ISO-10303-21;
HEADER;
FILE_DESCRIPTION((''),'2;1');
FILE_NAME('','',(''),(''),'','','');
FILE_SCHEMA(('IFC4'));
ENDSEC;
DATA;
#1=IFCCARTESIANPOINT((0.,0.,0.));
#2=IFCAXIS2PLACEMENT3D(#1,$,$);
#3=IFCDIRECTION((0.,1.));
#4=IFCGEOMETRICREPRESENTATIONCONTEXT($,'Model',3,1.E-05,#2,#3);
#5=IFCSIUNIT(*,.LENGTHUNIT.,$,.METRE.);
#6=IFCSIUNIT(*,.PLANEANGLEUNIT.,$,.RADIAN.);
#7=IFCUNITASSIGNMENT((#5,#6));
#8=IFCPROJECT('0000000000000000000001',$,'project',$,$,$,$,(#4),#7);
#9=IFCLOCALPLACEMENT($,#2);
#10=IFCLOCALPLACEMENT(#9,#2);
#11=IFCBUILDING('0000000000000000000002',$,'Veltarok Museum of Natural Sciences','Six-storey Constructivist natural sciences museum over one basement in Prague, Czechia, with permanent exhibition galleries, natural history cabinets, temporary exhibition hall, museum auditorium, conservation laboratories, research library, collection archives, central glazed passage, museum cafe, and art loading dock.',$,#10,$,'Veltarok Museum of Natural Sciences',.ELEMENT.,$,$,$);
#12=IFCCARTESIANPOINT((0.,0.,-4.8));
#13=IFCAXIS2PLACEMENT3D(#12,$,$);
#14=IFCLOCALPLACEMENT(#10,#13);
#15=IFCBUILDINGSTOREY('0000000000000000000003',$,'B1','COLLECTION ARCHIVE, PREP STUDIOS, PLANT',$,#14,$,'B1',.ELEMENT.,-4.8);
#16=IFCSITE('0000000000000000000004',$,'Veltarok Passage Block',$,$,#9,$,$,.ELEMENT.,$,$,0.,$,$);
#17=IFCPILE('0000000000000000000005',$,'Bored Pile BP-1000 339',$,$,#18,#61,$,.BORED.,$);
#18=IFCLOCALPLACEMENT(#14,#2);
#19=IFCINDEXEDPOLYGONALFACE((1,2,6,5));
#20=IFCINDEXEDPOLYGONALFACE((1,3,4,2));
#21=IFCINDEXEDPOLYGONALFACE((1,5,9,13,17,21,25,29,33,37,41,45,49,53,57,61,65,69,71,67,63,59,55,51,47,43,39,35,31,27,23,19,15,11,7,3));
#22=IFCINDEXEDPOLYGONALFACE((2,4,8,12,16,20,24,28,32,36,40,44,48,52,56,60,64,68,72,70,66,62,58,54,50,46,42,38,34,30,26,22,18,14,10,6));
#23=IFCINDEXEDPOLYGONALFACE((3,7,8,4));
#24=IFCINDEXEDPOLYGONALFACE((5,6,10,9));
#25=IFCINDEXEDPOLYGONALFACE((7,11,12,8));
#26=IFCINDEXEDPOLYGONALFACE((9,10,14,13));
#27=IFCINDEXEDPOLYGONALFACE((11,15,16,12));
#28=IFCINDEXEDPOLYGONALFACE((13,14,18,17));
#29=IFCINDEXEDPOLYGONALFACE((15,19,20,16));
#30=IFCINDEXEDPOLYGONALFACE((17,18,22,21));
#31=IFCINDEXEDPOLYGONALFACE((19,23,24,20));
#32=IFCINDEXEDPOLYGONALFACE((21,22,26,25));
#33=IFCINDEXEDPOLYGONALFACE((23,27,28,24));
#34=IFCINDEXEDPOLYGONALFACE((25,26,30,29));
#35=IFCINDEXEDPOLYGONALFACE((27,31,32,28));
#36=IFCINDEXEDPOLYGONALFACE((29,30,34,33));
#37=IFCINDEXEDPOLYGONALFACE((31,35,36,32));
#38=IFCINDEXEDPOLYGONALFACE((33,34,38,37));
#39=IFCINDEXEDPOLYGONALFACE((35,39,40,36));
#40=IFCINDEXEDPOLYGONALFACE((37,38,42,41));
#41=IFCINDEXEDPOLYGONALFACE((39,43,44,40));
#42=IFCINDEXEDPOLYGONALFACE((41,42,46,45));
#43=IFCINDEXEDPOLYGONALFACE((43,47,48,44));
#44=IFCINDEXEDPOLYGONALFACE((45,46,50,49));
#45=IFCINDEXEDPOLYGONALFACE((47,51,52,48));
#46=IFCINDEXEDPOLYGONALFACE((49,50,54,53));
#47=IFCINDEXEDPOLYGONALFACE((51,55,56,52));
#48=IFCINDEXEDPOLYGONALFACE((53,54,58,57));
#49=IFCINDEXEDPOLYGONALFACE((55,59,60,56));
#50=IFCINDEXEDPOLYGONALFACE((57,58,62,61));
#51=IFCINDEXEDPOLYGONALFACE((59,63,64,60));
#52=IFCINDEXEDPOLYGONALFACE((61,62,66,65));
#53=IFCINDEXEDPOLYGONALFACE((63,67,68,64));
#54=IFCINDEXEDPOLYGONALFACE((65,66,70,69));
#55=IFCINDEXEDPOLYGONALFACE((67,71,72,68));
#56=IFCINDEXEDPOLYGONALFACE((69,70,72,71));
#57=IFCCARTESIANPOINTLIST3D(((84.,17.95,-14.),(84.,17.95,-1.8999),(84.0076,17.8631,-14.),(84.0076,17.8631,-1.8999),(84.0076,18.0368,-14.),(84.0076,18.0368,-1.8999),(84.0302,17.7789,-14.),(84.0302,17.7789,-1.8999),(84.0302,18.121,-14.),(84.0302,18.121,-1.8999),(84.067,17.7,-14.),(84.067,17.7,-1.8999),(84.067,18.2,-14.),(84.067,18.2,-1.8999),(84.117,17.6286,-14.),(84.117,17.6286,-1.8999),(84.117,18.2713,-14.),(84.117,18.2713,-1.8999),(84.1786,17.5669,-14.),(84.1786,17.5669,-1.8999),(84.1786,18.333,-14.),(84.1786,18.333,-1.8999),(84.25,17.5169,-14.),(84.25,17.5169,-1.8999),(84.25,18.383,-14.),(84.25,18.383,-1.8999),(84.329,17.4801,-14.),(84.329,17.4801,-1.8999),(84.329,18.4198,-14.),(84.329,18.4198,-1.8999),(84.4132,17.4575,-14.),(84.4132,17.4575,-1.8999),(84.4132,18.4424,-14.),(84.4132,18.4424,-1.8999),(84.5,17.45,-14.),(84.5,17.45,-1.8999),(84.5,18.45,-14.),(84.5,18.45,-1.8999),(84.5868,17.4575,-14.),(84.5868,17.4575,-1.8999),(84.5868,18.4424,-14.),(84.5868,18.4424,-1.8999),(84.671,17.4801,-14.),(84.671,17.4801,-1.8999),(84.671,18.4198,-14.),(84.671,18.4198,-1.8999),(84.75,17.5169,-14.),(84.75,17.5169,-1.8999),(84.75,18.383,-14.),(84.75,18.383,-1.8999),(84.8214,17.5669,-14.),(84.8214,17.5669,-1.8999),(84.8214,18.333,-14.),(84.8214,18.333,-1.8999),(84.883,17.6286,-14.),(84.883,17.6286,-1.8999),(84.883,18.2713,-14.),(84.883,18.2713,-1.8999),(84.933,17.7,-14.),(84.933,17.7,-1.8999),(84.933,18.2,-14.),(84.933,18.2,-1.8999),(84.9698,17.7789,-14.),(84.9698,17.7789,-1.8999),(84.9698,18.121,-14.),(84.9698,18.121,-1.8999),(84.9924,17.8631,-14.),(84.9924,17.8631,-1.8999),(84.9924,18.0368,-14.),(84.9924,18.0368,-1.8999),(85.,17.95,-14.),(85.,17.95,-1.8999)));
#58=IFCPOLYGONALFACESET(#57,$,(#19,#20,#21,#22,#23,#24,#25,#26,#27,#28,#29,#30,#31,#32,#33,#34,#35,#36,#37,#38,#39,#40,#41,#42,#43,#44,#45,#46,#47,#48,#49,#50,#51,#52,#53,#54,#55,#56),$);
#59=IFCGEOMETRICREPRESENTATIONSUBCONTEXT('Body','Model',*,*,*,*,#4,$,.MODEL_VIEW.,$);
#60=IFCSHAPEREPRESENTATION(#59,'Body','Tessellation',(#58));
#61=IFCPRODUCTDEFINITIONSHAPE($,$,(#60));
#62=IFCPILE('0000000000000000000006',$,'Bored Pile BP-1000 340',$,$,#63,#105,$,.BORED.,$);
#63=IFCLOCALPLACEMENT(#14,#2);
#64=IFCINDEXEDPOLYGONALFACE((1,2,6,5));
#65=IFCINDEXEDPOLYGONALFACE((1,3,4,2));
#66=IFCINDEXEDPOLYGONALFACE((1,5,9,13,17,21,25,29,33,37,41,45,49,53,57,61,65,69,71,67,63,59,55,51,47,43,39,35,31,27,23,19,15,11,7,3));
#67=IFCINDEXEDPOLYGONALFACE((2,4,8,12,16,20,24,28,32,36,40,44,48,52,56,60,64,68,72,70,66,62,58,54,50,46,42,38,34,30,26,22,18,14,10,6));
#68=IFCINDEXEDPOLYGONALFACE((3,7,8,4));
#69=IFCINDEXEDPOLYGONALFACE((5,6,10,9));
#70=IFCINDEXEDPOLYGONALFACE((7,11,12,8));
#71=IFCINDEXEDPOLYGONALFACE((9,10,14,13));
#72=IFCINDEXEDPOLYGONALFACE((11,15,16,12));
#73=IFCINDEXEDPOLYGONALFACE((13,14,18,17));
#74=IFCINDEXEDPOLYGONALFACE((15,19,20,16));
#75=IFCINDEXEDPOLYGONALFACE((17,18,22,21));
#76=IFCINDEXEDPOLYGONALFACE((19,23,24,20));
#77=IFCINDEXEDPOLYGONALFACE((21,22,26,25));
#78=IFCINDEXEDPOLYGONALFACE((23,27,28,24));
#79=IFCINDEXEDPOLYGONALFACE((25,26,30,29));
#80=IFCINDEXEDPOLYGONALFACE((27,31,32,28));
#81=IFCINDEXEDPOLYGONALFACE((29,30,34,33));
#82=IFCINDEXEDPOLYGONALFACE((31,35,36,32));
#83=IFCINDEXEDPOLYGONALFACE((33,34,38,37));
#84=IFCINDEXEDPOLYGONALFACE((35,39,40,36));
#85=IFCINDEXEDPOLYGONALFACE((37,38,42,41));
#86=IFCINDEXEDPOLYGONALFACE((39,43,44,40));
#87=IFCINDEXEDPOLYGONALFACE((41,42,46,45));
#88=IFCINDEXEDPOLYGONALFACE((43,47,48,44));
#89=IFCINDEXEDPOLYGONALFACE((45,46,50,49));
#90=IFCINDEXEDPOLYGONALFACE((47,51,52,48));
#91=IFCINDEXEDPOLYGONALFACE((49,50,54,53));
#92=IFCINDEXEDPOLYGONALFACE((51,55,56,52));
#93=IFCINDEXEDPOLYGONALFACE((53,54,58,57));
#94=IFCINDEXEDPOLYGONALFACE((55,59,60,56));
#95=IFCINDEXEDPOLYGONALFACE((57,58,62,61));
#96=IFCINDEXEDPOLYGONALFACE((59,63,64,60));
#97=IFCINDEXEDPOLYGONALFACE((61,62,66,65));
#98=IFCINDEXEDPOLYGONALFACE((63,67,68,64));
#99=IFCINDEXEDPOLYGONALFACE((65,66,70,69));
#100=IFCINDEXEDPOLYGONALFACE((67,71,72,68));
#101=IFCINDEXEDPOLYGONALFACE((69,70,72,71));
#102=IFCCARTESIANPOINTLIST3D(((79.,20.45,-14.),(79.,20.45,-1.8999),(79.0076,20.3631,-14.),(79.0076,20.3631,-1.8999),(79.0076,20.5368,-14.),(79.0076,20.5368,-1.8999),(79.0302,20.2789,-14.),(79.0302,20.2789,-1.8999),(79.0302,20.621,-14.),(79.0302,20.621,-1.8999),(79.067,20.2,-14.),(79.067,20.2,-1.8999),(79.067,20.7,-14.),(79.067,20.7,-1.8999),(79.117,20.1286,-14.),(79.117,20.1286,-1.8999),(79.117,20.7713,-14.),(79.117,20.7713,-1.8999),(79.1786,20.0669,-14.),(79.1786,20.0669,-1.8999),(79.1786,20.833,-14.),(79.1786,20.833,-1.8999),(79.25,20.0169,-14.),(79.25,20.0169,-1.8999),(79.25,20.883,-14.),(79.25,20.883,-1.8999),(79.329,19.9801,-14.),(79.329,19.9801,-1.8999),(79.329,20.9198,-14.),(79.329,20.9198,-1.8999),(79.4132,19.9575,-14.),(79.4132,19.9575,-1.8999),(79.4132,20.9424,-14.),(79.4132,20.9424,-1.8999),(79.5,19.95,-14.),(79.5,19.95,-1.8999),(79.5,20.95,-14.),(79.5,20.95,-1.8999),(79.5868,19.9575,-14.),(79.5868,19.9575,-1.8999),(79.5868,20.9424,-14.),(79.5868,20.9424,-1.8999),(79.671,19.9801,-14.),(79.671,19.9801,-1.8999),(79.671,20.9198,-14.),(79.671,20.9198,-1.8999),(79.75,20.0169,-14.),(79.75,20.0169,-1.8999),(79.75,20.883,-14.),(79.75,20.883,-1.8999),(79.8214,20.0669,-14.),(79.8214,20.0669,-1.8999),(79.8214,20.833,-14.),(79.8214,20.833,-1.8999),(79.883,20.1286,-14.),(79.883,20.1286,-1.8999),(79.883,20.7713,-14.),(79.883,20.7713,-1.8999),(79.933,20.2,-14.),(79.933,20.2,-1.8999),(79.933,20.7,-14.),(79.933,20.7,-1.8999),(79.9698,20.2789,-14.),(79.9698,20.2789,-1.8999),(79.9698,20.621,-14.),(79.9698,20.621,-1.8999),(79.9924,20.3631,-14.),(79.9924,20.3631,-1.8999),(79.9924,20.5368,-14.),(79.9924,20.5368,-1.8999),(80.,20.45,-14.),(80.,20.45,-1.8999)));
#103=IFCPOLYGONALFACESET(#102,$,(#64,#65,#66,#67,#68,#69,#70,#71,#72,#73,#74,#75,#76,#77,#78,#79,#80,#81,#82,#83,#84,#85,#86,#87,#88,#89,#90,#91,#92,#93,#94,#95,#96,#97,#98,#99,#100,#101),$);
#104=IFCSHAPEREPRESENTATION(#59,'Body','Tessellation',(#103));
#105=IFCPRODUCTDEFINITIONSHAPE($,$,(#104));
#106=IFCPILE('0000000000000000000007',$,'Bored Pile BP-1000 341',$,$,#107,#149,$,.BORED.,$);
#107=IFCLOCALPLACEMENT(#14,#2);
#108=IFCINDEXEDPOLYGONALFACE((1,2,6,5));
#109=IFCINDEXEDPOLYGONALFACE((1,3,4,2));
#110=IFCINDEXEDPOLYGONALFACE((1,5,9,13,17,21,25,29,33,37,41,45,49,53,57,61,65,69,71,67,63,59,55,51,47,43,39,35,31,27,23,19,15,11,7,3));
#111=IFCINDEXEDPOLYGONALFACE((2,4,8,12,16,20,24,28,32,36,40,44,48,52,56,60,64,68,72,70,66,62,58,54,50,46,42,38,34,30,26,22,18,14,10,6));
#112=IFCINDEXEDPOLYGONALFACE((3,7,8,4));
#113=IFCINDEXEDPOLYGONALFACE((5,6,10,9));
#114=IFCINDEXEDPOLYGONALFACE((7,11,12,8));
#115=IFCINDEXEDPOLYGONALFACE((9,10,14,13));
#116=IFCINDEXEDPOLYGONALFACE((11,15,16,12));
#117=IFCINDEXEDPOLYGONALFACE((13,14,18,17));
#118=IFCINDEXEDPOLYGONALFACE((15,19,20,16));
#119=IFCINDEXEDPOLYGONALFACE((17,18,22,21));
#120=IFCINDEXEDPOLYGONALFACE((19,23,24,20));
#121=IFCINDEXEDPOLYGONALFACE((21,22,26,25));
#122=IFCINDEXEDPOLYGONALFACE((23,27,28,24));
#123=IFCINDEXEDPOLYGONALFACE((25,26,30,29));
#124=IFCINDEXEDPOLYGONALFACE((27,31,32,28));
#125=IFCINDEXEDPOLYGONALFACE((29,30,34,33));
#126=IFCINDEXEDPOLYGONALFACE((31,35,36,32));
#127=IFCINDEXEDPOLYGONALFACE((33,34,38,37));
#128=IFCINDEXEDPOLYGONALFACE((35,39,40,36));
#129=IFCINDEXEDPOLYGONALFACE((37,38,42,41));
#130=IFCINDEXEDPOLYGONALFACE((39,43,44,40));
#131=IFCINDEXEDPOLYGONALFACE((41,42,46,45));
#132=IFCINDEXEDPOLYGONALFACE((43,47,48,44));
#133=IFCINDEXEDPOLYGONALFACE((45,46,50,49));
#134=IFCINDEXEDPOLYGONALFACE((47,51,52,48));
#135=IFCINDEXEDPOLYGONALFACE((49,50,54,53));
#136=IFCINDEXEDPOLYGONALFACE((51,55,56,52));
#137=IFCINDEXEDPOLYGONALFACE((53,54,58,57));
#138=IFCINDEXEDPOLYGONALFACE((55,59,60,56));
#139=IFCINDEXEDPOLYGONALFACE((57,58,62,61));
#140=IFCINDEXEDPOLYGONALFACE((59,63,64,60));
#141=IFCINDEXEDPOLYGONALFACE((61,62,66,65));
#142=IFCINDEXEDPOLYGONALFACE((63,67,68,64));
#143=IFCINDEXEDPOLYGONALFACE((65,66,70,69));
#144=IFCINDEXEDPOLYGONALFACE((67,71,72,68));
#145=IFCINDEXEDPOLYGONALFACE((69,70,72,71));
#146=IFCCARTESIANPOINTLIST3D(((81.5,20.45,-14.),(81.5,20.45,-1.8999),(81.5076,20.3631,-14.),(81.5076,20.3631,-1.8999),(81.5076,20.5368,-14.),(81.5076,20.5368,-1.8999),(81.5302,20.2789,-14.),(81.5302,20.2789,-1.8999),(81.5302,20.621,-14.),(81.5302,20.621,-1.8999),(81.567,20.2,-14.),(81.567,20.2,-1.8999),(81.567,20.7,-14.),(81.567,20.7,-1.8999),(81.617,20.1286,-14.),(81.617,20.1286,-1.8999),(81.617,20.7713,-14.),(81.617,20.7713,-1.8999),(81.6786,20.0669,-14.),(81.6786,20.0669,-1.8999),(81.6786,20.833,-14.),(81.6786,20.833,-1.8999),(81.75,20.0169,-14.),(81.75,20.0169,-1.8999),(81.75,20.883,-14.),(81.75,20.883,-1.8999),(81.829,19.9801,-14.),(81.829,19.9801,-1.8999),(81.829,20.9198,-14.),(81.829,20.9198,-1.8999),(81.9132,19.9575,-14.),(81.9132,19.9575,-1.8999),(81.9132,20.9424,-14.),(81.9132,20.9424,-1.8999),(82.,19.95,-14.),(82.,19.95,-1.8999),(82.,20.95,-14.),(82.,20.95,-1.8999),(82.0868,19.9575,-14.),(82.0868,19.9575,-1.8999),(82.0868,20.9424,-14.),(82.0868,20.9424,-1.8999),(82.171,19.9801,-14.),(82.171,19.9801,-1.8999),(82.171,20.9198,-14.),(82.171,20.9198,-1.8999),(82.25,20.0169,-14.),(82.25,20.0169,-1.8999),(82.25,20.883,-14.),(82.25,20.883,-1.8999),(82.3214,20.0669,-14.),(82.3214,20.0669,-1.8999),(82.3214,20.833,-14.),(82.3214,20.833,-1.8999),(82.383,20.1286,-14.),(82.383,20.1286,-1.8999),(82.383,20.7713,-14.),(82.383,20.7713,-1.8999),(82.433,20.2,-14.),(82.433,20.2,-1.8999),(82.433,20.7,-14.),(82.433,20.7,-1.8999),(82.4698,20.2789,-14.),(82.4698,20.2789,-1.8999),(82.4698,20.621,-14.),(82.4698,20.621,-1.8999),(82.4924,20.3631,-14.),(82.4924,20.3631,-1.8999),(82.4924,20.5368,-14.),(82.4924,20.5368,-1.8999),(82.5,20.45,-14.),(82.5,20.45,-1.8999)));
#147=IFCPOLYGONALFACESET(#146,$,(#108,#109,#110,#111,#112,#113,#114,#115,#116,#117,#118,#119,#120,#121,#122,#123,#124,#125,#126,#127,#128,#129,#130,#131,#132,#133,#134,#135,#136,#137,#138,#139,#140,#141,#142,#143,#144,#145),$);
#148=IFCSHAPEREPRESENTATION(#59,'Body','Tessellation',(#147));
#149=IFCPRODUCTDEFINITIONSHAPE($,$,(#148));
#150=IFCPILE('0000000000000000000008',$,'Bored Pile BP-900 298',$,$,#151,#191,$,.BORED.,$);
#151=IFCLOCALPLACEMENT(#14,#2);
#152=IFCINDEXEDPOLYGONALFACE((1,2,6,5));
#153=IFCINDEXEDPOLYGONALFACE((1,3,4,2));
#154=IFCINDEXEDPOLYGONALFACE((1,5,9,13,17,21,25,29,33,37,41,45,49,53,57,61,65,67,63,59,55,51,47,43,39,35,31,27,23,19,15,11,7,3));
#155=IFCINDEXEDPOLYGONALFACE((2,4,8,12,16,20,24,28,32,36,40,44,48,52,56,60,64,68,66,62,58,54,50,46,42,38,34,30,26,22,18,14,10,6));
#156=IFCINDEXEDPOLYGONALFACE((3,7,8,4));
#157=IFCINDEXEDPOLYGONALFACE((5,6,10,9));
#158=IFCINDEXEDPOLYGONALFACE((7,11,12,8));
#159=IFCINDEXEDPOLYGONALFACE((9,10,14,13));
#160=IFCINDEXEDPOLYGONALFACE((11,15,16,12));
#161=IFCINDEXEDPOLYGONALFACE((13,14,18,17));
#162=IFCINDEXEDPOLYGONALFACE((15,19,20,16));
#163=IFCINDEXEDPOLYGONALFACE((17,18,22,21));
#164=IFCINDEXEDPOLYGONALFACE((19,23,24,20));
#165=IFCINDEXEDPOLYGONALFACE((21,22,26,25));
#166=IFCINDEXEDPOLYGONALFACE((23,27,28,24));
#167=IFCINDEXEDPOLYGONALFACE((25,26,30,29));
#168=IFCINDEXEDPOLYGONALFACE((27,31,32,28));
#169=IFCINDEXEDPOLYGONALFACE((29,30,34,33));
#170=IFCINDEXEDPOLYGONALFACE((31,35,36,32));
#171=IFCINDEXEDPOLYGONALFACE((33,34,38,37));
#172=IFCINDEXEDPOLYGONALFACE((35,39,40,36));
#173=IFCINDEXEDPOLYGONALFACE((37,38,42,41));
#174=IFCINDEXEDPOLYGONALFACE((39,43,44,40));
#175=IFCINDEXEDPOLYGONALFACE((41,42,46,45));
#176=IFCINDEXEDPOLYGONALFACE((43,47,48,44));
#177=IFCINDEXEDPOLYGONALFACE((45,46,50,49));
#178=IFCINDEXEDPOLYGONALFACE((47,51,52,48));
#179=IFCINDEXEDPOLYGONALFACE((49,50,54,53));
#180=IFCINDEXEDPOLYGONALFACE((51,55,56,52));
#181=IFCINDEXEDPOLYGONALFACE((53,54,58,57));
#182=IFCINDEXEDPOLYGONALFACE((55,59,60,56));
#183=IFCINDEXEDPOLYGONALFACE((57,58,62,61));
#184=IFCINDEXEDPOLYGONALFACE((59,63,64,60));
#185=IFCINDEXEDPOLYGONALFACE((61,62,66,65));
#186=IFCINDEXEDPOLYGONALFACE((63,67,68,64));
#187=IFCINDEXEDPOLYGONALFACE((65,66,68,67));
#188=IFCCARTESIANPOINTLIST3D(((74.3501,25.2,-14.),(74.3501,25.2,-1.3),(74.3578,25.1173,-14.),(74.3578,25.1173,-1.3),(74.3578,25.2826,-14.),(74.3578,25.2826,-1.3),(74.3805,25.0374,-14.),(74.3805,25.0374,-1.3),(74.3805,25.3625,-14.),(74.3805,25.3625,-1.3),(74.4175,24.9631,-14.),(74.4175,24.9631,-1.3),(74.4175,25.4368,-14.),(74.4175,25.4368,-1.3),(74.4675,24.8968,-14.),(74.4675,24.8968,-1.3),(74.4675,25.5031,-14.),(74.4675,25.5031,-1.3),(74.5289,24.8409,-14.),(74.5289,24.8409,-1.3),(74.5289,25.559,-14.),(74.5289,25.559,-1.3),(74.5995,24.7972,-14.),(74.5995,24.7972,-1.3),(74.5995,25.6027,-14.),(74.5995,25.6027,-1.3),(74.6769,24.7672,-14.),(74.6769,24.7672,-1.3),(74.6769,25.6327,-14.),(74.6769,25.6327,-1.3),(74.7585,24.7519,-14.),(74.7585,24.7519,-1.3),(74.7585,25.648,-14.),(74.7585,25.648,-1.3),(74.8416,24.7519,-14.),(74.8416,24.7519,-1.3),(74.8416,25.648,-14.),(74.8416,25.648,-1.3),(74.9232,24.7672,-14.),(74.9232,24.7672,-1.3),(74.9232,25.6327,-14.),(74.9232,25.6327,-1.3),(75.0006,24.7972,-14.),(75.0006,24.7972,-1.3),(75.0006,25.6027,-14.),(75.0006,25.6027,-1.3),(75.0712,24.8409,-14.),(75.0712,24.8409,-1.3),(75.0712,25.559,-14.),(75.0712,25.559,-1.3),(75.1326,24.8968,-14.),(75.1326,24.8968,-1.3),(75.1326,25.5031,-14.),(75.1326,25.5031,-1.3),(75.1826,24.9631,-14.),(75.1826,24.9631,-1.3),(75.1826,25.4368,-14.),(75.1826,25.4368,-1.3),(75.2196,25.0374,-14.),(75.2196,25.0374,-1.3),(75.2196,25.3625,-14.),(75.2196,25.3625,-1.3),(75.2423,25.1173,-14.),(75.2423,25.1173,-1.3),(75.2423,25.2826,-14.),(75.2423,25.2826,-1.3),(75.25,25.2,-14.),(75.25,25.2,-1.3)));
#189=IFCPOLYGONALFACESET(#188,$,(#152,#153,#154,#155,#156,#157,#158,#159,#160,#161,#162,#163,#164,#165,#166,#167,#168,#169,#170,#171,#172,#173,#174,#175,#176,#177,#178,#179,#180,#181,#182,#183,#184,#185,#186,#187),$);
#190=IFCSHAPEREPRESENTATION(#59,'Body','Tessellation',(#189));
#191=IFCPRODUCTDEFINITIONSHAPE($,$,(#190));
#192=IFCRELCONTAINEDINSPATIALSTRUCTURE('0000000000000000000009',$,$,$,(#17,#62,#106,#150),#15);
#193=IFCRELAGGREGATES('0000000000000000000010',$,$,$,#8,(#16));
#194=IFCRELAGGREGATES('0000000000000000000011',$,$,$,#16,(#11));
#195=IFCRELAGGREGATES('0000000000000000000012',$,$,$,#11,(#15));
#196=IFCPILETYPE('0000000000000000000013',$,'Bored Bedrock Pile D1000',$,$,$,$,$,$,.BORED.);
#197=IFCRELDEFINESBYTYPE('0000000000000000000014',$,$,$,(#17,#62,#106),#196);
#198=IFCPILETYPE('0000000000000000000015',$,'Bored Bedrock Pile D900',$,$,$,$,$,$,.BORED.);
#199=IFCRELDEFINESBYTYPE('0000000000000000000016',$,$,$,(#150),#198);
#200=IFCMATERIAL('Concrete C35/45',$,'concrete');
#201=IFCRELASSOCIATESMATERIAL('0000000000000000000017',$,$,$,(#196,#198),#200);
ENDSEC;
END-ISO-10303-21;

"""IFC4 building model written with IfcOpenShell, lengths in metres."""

from ifc_helpers import new_model, si_unit, direction, frame, origin, origin_2d, place, context, subcontext, project, spatial, circle, extrude, material, material_profile, profile_set, type_object, element, save


model = new_model("IFC4")

# Units and contexts
model_context = context("Model", 3, precision=1e-05, world=origin(), true_north=direction((0.0, 1.0)))
body_context = subcontext(model_context, "Body", "Model", "MODEL_VIEW")
ifc_project = project(units=[si_unit("LENGTHUNIT", "METRE"), si_unit("PLANEANGLEUNIT", "RADIAN")], contexts=[model_context])

# Site, building, storey
site_placement = place(None, origin())
site = spatial("IfcSite", under=ifc_project, at=site_placement, Name="Veltarok Passage Block", CompositionType="ELEMENT", RefElevation=0.0)
building_placement = place(site_placement, origin())
building = spatial("IfcBuilding", under=site, at=building_placement, Name="Veltarok Museum of Natural Sciences", Description="Six-storey Constructivist natural sciences museum over one basement in Prague, Czechia, with permanent exhibition galleries, natural history cabinets, temporary exhibition hall, museum auditorium, conservation laboratories, research library, collection archives, central glazed passage, museum cafe, and art loading dock.", LongName="Veltarok Museum of Natural Sciences", CompositionType="ELEMENT")
storey_placement = place(building_placement, frame((0.0, 0.0, -4.8)))
storey = spatial("IfcBuildingStorey", under=building, at=storey_placement, Name="B1", Description="COLLECTION ARCHIVE, PREP STUDIOS, PLANT", LongName="B1", CompositionType="ELEMENT", Elevation=-4.8)

# Piles
ifc_material_1 = material(Name="Concrete C35/45", Category="concrete")
ifc_material_profile_1 = material_profile(ifc_material_1, circle(Radius=0.5, at=origin_2d()), Name="BP D1000")
ifc_profile_set_1 = profile_set([ifc_material_profile_1], Name="Concrete C35/45")
pile_type_1 = type_object("IfcPileType", Name="Bored Bedrock Pile D1000", PredefinedType="BORED", material=ifc_profile_set_1)
for number, where, z_axis, x_axis, name in (
    (1, (84.5, 17.95, -1.8999), (0.0, 0.0, -1.0), (1.0, 0.0, 0.0), "Bored Pile BP-1000 339"),
    (2, (79.5, 20.45, -1.8999), (0.0, 0.0, -1.0), (1.0, 0.0, 0.0), "Bored Pile BP-1000 340"),
    (3, (82.0, 20.45, -1.8999), (0.0, 0.0, -1.0), (1.0, 0.0, 0.0), "Bored Pile BP-1000 341"),
):
    element("IfcPile", number, at=place(storey_placement, frame(where, z_axis=z_axis, x_axis=x_axis)), inside=storey, type_object=pile_type_1, Name=name, PredefinedType="BORED", context=body_context, shape_type="SweptSolid", body=[
        extrude(circle(Radius=0.5, at=origin_2d()), origin(), (0.0, 0.0, 1.0), 12.1001),
    ])
ifc_material_profile_2 = material_profile(ifc_material_1, circle(Radius=0.45, at=origin_2d()), Name="BP D900")
ifc_profile_set_2 = profile_set([ifc_material_profile_2], Name="Concrete C35/45")
pile_type_2 = type_object("IfcPileType", Name="Bored Bedrock Pile D900", PredefinedType="BORED", material=ifc_profile_set_2)
for number, where, z_axis, x_axis, name in (
    (4, (74.8, 25.2, -1.3), (0.0, 0.0, -1.0), (1.0, 0.0, 0.0), "Bored Pile BP-900 298"),
):
    element("IfcPile", number, at=place(storey_placement, frame(where, z_axis=z_axis, x_axis=x_axis)), inside=storey, type_object=pile_type_2, Name=name, PredefinedType="BORED", context=body_context, shape_type="SweptSolid", body=[
        extrude(circle(Radius=0.45, at=origin_2d()), origin(), (0.0, 0.0, 1.0), 12.7),
    ])

save(model, "model.ifc")
